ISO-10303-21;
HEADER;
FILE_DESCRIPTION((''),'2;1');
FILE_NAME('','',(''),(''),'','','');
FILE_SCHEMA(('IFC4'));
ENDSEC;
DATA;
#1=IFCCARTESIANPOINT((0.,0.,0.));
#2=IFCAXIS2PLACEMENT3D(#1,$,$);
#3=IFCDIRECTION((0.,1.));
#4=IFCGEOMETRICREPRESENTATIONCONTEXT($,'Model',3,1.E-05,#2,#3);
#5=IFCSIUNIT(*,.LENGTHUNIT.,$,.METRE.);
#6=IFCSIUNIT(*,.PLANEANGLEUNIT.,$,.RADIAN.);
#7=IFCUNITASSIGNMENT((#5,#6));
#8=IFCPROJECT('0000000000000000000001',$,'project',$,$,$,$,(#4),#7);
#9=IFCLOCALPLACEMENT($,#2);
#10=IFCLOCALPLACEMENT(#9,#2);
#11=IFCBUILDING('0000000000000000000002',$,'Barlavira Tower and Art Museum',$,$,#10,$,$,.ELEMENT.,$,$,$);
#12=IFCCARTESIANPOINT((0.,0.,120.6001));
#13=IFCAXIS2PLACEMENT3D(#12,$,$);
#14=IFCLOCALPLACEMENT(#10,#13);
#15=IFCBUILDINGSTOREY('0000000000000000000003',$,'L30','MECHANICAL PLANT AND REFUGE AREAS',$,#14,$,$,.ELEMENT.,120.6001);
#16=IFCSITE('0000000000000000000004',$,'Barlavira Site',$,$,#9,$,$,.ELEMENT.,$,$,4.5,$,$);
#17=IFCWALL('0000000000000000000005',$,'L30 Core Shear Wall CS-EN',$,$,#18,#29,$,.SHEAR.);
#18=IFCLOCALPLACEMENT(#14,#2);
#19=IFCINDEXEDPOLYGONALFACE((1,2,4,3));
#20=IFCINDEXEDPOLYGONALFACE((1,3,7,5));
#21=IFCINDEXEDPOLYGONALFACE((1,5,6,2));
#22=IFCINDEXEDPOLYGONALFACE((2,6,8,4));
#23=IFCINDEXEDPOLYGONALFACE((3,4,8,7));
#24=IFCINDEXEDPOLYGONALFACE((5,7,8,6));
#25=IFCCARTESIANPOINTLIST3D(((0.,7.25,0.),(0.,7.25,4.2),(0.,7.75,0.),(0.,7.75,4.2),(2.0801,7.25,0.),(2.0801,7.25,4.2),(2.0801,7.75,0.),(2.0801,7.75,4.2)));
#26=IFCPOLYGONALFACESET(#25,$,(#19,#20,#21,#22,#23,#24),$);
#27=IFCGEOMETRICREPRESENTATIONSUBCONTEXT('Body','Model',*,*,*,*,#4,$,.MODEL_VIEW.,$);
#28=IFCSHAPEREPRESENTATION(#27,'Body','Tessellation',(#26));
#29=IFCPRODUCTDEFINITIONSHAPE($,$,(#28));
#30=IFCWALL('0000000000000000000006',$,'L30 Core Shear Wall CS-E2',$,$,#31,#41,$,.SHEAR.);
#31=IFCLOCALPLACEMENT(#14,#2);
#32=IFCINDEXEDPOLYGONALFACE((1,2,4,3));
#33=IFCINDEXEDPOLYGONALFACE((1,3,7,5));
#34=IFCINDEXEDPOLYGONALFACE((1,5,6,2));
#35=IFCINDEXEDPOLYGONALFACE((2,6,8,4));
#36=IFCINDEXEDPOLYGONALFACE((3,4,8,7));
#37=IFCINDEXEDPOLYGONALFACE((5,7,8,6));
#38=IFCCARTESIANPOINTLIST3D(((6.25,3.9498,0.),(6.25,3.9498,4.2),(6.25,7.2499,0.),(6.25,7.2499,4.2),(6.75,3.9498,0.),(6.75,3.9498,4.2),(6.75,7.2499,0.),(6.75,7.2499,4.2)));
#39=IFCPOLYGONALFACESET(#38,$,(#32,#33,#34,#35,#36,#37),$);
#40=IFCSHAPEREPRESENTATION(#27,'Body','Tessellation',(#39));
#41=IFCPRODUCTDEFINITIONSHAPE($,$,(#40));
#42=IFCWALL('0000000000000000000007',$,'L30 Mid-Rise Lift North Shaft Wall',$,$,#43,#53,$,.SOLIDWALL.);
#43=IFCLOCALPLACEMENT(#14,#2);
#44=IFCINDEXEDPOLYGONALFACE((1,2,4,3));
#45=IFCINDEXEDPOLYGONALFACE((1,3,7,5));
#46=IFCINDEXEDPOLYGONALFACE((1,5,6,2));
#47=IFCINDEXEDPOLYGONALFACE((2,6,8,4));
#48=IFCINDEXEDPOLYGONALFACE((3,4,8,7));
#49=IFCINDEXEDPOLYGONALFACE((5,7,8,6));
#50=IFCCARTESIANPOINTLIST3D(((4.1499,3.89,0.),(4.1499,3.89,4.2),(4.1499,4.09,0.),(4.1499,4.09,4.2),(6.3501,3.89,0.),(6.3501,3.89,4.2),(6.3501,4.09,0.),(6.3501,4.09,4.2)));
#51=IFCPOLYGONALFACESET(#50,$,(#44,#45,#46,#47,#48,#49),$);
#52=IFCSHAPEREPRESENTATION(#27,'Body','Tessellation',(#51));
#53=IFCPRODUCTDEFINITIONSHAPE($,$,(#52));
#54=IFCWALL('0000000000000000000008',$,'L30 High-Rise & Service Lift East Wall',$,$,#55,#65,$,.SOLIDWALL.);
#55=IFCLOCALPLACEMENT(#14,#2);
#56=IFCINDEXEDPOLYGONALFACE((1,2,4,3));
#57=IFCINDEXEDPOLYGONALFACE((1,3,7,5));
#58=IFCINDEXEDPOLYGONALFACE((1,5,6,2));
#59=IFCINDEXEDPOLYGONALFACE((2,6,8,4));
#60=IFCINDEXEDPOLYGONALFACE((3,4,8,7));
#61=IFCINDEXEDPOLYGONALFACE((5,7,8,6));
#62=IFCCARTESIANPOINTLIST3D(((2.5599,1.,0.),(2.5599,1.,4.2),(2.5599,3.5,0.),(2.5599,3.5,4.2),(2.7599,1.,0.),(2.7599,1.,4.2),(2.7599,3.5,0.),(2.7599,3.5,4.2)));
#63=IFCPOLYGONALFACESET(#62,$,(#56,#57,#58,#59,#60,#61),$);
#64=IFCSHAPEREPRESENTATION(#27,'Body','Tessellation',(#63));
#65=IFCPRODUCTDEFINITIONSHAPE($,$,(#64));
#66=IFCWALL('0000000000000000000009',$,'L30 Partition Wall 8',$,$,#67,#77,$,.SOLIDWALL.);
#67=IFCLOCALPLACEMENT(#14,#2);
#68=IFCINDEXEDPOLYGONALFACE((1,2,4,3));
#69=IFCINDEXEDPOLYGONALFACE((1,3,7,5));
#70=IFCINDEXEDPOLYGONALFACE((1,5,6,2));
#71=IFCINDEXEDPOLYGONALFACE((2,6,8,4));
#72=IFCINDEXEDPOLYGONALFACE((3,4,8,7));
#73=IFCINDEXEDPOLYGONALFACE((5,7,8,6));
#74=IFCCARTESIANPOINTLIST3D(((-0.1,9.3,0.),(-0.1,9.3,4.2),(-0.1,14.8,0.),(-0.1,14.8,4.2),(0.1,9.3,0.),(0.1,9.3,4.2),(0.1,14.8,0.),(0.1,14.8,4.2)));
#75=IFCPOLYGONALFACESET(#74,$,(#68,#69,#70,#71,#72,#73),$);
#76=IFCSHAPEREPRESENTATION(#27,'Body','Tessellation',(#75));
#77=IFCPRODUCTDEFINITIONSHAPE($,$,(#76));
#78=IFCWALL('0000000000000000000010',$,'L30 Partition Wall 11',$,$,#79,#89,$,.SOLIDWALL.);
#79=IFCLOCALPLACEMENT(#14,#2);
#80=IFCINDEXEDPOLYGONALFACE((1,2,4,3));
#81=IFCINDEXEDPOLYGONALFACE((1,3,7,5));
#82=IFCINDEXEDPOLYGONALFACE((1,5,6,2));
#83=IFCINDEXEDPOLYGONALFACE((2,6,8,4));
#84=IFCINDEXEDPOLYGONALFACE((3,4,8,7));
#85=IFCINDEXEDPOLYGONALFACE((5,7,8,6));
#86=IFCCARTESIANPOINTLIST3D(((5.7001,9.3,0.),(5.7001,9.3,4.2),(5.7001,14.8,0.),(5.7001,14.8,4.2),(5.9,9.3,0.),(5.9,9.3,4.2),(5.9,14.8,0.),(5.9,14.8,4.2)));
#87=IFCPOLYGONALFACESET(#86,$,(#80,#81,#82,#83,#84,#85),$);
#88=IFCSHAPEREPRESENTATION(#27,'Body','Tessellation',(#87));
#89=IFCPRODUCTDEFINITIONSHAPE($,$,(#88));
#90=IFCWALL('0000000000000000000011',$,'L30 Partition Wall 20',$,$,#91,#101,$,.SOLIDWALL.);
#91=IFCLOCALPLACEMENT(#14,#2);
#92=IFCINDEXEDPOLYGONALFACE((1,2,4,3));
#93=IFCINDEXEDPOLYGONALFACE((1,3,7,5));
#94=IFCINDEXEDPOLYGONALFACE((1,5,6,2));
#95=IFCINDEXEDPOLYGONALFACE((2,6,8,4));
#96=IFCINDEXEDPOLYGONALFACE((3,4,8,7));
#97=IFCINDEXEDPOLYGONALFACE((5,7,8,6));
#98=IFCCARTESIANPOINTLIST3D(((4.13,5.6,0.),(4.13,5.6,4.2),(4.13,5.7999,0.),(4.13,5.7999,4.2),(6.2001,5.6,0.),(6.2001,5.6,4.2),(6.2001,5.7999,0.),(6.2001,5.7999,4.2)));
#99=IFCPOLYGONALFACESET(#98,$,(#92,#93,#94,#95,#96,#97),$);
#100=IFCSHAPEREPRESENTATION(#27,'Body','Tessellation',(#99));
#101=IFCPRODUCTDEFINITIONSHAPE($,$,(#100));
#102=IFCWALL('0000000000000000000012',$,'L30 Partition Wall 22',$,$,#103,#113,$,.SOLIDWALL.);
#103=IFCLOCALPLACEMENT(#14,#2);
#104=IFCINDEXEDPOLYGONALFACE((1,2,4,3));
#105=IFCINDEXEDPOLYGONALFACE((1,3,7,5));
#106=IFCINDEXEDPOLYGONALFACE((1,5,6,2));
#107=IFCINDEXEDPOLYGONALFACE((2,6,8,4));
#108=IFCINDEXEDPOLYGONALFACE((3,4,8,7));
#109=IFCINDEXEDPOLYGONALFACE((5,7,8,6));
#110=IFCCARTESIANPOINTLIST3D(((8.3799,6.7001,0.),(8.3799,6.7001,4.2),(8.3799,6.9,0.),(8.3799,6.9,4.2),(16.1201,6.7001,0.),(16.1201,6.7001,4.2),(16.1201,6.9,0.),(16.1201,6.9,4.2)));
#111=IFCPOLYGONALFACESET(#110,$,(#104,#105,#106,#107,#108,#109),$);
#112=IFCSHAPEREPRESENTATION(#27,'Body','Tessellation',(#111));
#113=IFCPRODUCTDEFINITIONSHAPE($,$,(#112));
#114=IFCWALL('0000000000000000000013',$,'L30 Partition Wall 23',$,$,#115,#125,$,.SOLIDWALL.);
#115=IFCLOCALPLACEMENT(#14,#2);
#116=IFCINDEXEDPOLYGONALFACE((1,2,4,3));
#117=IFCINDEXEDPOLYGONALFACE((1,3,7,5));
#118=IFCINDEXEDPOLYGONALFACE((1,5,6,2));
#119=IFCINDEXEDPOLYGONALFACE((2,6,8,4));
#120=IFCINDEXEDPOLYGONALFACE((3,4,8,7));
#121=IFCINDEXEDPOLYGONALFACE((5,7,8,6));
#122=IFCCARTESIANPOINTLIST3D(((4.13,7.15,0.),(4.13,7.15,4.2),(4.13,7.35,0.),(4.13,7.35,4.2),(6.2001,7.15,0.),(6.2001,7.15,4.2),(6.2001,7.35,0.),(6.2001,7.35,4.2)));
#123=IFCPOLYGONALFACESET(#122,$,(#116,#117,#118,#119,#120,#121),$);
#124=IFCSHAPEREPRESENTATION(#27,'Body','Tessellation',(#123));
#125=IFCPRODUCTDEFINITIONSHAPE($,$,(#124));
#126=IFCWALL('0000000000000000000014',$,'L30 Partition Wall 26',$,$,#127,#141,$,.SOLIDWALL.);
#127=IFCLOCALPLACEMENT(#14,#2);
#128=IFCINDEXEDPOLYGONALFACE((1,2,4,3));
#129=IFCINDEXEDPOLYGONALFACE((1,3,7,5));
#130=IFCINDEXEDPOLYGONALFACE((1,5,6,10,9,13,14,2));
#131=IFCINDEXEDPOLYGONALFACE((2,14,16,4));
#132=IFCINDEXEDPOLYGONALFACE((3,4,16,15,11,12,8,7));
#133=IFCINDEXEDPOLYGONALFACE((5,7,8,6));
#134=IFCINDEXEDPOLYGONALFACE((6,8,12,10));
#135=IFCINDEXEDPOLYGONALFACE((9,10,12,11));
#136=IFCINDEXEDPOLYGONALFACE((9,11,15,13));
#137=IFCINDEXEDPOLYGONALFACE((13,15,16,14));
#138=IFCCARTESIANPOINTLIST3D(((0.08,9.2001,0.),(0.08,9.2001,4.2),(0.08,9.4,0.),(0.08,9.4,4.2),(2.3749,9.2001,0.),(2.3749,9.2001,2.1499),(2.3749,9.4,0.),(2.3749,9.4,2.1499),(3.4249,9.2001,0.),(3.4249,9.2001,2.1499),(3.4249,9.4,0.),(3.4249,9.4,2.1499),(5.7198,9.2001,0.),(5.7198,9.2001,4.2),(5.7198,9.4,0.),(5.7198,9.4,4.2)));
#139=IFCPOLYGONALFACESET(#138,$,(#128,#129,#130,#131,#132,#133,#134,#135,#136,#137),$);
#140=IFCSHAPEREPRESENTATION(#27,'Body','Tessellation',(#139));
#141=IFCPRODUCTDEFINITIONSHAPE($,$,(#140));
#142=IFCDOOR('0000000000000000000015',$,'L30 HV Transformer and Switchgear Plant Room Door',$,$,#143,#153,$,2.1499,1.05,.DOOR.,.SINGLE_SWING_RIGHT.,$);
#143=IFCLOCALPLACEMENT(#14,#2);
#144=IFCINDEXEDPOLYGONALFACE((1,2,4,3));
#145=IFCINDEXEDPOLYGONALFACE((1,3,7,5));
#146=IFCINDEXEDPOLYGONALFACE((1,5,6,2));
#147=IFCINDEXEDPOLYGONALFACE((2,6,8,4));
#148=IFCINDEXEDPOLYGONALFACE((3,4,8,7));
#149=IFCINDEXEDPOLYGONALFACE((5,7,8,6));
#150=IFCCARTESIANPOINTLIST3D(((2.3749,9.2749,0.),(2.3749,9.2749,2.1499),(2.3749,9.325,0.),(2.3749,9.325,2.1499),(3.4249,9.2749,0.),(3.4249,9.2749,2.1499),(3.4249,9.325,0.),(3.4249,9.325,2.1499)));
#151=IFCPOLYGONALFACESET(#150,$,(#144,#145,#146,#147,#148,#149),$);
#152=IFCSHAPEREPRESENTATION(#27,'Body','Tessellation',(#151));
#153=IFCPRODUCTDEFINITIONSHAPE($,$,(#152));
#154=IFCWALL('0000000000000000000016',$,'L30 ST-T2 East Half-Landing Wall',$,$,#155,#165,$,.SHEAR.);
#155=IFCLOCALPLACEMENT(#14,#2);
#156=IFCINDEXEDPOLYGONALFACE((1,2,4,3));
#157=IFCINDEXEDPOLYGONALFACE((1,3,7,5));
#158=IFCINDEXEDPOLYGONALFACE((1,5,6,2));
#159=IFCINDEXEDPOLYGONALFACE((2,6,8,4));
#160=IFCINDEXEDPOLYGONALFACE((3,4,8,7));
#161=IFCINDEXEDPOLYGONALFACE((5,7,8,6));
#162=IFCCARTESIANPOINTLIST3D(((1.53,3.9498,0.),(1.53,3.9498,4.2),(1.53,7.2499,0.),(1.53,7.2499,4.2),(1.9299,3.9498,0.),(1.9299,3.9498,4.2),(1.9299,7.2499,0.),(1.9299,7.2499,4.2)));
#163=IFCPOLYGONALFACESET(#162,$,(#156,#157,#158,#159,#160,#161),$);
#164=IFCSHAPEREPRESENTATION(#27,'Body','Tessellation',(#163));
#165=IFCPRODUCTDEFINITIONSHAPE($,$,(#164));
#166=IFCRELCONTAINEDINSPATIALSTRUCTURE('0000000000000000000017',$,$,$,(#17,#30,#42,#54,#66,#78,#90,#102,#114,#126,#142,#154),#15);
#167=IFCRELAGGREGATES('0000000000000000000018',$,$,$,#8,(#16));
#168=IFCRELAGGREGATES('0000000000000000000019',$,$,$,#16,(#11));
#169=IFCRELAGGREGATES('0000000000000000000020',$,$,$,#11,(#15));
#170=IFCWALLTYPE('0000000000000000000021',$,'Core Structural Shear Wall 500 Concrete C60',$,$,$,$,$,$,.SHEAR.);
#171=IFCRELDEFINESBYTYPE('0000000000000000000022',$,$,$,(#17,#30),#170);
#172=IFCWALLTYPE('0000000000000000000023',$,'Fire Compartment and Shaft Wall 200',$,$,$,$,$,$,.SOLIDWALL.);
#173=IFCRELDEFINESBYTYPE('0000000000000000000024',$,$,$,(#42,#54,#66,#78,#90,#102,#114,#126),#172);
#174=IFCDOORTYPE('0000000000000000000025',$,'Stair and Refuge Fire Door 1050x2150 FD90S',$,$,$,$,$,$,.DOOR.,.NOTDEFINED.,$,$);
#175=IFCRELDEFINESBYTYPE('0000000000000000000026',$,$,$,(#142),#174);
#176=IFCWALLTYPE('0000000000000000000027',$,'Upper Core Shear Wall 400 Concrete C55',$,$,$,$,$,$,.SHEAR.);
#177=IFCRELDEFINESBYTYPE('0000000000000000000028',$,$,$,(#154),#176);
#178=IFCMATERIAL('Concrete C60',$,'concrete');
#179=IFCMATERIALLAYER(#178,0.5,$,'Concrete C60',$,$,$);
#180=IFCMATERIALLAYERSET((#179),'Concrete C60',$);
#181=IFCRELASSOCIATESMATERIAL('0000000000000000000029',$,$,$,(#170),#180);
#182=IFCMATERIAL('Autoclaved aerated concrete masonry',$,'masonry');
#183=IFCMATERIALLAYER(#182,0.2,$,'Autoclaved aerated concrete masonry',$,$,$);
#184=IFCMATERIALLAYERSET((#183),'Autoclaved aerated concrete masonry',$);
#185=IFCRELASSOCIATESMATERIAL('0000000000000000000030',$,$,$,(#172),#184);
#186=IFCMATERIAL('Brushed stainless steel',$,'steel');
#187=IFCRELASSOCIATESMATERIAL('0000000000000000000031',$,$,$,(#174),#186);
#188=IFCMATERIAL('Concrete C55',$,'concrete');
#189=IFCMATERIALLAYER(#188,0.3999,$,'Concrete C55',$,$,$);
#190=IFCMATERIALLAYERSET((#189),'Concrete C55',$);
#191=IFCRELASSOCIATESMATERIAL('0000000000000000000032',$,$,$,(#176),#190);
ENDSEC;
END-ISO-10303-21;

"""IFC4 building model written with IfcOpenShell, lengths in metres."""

from ifc_helpers import new_model, si_unit, direction, frame, frame_2d, origin, place, context, subcontext, project, spatial, rectangle, extrude, material, layer, layer_set, type_object, element, fill, save


model = new_model("IFC4")

# Units and contexts
model_context = context("Model", 3, precision=1e-05, world=origin(), true_north=direction((0.0, 1.0)))
body_context = subcontext(model_context, "Body", "Model", "MODEL_VIEW")
ifc_project = project(units=[si_unit("LENGTHUNIT", "METRE"), si_unit("PLANEANGLEUNIT", "RADIAN")], contexts=[model_context])

# Site, building, storey
site_placement = place(None, origin())
site = spatial("IfcSite", under=ifc_project, at=site_placement, Name="Barlavira Site", CompositionType="ELEMENT", RefElevation=4.5)
building_placement = place(site_placement, origin())
building = spatial("IfcBuilding", under=site, at=building_placement, Name="Barlavira Tower and Art Museum", CompositionType="ELEMENT")
storey_placement = place(building_placement, frame((0.0, 0.0, 120.6001)))
storey = spatial("IfcBuildingStorey", under=building, at=storey_placement, Name="L30", Description="MECHANICAL PLANT AND REFUGE AREAS", CompositionType="ELEMENT", Elevation=120.6001)

# Shared definitions
ifc_material_1 = material(Name="Concrete C55", Category="concrete")

# Walls
ifc_material_2 = material(Name="Concrete C60", Category="concrete")
ifc_layer_1 = layer(ifc_material_2, 0.5, Name="Concrete C60")
ifc_layer_set_1 = layer_set([ifc_layer_1], Name="Concrete C60")
wall_type_1 = type_object("IfcWallType", Name="Core Structural Shear Wall 500 Concrete C60", PredefinedType="SHEAR", material=ifc_layer_set_1)
wall_1_placement = place(storey_placement, frame((0.0, 7.5, 0.0), z_axis=(0.0, 0.0, 1.0), x_axis=(1.0, 0.0, 0.0)))
element("IfcWall", 1, at=wall_1_placement, inside=storey, type_object=wall_type_1, Name="L30 Core Shear Wall CS-EN", PredefinedType="SHEAR", context=body_context, shape_type="SweptSolid", body=[
    extrude(rectangle(XDim=2.0801, YDim=0.5, at=frame_2d((1.04, 0.0))), origin(), (0.0, 0.0, 1.0), 4.2),
])
wall_2_placement = place(storey_placement, frame((6.5, 3.95, 0.0), z_axis=(0.0, 0.0, 1.0), x_axis=(0.0, 1.0, 0.0)))
element("IfcWall", 2, at=wall_2_placement, inside=storey, type_object=wall_type_1, Name="L30 Core Shear Wall CS-E2", PredefinedType="SHEAR", context=body_context, shape_type="SweptSolid", body=[
    extrude(rectangle(XDim=3.3, YDim=0.5, at=frame_2d((1.6499, 0.0))), origin(), (0.0, 0.0, 1.0), 4.2),
])
ifc_material_3 = material(Name="Autoclaved aerated concrete masonry", Category="masonry")
ifc_layer_2 = layer(ifc_material_3, 0.2, Name="Autoclaved aerated concrete masonry")
ifc_layer_set_2 = layer_set([ifc_layer_2], Name="Autoclaved aerated concrete masonry")
wall_type_2 = type_object("IfcWallType", Name="Fire Compartment and Shaft Wall 200", PredefinedType="SOLIDWALL", material=ifc_layer_set_2)
wall_3_placement = place(storey_placement, frame((4.1499, 3.99, 0.0), z_axis=(0.0, 0.0, 1.0), x_axis=(1.0, 0.0, 0.0)))
element("IfcWall", 3, at=wall_3_placement, inside=storey, type_object=wall_type_2, Name="L30 Mid-Rise Lift North Shaft Wall", PredefinedType="SOLIDWALL", context=body_context, shape_type="SweptSolid", body=[
    extrude(rectangle(XDim=2.2002, YDim=0.2, at=frame_2d((1.1001, 0.0))), origin(), (0.0, 0.0, 1.0), 4.2),
])
wall_4_placement = place(storey_placement, frame((2.6599, 1.0, 0.0), z_axis=(0.0, 0.0, 1.0), x_axis=(0.0, 1.0, 0.0)))
element("IfcWall", 4, at=wall_4_placement, inside=storey, type_object=wall_type_2, Name="L30 High-Rise & Service Lift East Wall", PredefinedType="SOLIDWALL", context=body_context, shape_type="SweptSolid", body=[
    extrude(rectangle(XDim=2.5, YDim=0.2, at=frame_2d((1.25, 0.0))), origin(), (0.0, 0.0, 1.0), 4.2),
])
wall_5_placement = place(storey_placement, frame((0.0, 9.3, 0.0), z_axis=(0.0, 0.0, 1.0), x_axis=(0.0, 1.0, 0.0)))
element("IfcWall", 5, at=wall_5_placement, inside=storey, type_object=wall_type_2, Name="L30 Partition Wall 8", PredefinedType="SOLIDWALL", context=body_context, shape_type="SweptSolid", body=[
    extrude(rectangle(XDim=5.5, YDim=0.2, at=frame_2d((2.75, 0.0))), origin(), (0.0, 0.0, 1.0), 4.2),
])

# Shared definitions
ifc_material_4 = material(Name="Brushed stainless steel", Category="steel")

# Walls
wall_6_placement = place(storey_placement, frame((5.8, 9.3, 0.0), z_axis=(0.0, 0.0, 1.0), x_axis=(0.0, 1.0, 0.0)))
element("IfcWall", 6, at=wall_6_placement, inside=storey, type_object=wall_type_2, Name="L30 Partition Wall 11", PredefinedType="SOLIDWALL", context=body_context, shape_type="SweptSolid", body=[
    extrude(rectangle(XDim=5.5, YDim=0.2, at=frame_2d((2.75, 0.0))), origin(), (0.0, 0.0, 1.0), 4.2),
])
wall_7_placement = place(storey_placement, frame((4.1299, 5.7, 0.0), z_axis=(0.0, 0.0, 1.0), x_axis=(1.0, 0.0, 0.0)))
element("IfcWall", 7, at=wall_7_placement, inside=storey, type_object=wall_type_2, Name="L30 Partition Wall 20", PredefinedType="SOLIDWALL", context=body_context, shape_type="SweptSolid", body=[
    extrude(rectangle(XDim=2.0701, YDim=0.2, at=frame_2d((1.0352, 0.0))), origin(), (0.0, 0.0, 1.0), 4.2),
])
wall_8_placement = place(storey_placement, frame((8.3799, 6.8, 0.0), z_axis=(0.0, 0.0, 1.0), x_axis=(1.0, 0.0, 0.0)))
element("IfcWall", 8, at=wall_8_placement, inside=storey, type_object=wall_type_2, Name="L30 Partition Wall 22", PredefinedType="SOLIDWALL", context=body_context, shape_type="SweptSolid", body=[
    extrude(rectangle(XDim=7.7402, YDim=0.2, at=frame_2d((3.8701, 0.0))), origin(), (0.0, 0.0, 1.0), 4.2),
])
wall_9_placement = place(storey_placement, frame((4.1299, 7.25, 0.0), z_axis=(0.0, 0.0, 1.0), x_axis=(1.0, 0.0, 0.0)))
element("IfcWall", 9, at=wall_9_placement, inside=storey, type_object=wall_type_2, Name="L30 Partition Wall 23", PredefinedType="SOLIDWALL", context=body_context, shape_type="SweptSolid", body=[
    extrude(rectangle(XDim=2.0701, YDim=0.2, at=frame_2d((1.0352, 0.0))), origin(), (0.0, 0.0, 1.0), 4.2),
])

# Wall, opening, door
wall_10_placement = place(storey_placement, frame((0.0801, 9.3, 0.0), z_axis=(0.0, 0.0, 1.0), x_axis=(1.0, 0.0, 0.0)))
wall_10 = element("IfcWall", 10, at=wall_10_placement, inside=storey, type_object=wall_type_2, Name="L30 Partition Wall 26", PredefinedType="SOLIDWALL", context=body_context, shape_type="SweptSolid", body=[
    extrude(rectangle(XDim=5.6399, YDim=0.2, at=frame_2d((2.8198, 0.0))), origin(), (0.0, 0.0, 1.0), 4.2),
])
opening_1_placement = place(wall_10_placement, frame((2.2949, 0.0, 0.0)))
opening_1 = element("IfcOpeningElement", 11, at=opening_1_placement, cuts=wall_10, PredefinedType="OPENING", context=body_context, shape_type="SweptSolid", body=[
    extrude(rectangle(XDim=1.05, YDim=2.1499, at=frame_2d((0.5249, 1.075))), frame((0.0, 0.1099, 0.0), z_axis=(0.0, -1.0, 0.0), x_axis=(1.0, 0.0, 0.0)), (0.0, 0.0, 1.0), 0.22),
])
door_type_1 = type_object("IfcDoorType", Name="Stair and Refuge Fire Door 1050x2150 FD90S", OperationType="NOTDEFINED", PredefinedType="DOOR", material=ifc_material_4)
door_1_placement = place(opening_1_placement, origin())
door_1 = element("IfcDoor", 12, at=door_1_placement, inside=storey, type_object=door_type_1, Name="L30 HV Transformer and Switchgear Plant Room Door", OperationType="SINGLE_SWING_RIGHT", OverallHeight=2.1499, OverallWidth=1.05, PredefinedType="DOOR", context=body_context, shape_type="SweptSolid", body=[
    extrude(rectangle(XDim=1.05, YDim=2.1499, at=frame_2d((0.5249, 1.075))), frame((0.0, 0.0249, 0.0), z_axis=(0.0, -1.0, 0.0), x_axis=(1.0, 0.0, 0.0)), (0.0, 0.0, 1.0), 0.05),
])
fill(opening_1, door_1)

# Wall
ifc_layer_3 = layer(ifc_material_1, 0.3999, Name="Concrete C55")
ifc_layer_set_3 = layer_set([ifc_layer_3], Name="Concrete C55")
wall_type_3 = type_object("IfcWallType", Name="Upper Core Shear Wall 400 Concrete C55", PredefinedType="SHEAR", material=ifc_layer_set_3)
wall_11_placement = place(storey_placement, frame((1.73, 3.95, 0.0), z_axis=(0.0, 0.0, 1.0), x_axis=(0.0, 1.0, 0.0)))
element("IfcWall", 13, at=wall_11_placement, inside=storey, type_object=wall_type_3, Name="L30 ST-T2 East Half-Landing Wall", PredefinedType="SHEAR", context=body_context, shape_type="SweptSolid", body=[
    extrude(rectangle(XDim=3.3, YDim=0.3999, at=frame_2d((1.6499, 0.0))), origin(), (0.0, 0.0, 1.0), 4.2),
])

save(model, "model.ifc")
